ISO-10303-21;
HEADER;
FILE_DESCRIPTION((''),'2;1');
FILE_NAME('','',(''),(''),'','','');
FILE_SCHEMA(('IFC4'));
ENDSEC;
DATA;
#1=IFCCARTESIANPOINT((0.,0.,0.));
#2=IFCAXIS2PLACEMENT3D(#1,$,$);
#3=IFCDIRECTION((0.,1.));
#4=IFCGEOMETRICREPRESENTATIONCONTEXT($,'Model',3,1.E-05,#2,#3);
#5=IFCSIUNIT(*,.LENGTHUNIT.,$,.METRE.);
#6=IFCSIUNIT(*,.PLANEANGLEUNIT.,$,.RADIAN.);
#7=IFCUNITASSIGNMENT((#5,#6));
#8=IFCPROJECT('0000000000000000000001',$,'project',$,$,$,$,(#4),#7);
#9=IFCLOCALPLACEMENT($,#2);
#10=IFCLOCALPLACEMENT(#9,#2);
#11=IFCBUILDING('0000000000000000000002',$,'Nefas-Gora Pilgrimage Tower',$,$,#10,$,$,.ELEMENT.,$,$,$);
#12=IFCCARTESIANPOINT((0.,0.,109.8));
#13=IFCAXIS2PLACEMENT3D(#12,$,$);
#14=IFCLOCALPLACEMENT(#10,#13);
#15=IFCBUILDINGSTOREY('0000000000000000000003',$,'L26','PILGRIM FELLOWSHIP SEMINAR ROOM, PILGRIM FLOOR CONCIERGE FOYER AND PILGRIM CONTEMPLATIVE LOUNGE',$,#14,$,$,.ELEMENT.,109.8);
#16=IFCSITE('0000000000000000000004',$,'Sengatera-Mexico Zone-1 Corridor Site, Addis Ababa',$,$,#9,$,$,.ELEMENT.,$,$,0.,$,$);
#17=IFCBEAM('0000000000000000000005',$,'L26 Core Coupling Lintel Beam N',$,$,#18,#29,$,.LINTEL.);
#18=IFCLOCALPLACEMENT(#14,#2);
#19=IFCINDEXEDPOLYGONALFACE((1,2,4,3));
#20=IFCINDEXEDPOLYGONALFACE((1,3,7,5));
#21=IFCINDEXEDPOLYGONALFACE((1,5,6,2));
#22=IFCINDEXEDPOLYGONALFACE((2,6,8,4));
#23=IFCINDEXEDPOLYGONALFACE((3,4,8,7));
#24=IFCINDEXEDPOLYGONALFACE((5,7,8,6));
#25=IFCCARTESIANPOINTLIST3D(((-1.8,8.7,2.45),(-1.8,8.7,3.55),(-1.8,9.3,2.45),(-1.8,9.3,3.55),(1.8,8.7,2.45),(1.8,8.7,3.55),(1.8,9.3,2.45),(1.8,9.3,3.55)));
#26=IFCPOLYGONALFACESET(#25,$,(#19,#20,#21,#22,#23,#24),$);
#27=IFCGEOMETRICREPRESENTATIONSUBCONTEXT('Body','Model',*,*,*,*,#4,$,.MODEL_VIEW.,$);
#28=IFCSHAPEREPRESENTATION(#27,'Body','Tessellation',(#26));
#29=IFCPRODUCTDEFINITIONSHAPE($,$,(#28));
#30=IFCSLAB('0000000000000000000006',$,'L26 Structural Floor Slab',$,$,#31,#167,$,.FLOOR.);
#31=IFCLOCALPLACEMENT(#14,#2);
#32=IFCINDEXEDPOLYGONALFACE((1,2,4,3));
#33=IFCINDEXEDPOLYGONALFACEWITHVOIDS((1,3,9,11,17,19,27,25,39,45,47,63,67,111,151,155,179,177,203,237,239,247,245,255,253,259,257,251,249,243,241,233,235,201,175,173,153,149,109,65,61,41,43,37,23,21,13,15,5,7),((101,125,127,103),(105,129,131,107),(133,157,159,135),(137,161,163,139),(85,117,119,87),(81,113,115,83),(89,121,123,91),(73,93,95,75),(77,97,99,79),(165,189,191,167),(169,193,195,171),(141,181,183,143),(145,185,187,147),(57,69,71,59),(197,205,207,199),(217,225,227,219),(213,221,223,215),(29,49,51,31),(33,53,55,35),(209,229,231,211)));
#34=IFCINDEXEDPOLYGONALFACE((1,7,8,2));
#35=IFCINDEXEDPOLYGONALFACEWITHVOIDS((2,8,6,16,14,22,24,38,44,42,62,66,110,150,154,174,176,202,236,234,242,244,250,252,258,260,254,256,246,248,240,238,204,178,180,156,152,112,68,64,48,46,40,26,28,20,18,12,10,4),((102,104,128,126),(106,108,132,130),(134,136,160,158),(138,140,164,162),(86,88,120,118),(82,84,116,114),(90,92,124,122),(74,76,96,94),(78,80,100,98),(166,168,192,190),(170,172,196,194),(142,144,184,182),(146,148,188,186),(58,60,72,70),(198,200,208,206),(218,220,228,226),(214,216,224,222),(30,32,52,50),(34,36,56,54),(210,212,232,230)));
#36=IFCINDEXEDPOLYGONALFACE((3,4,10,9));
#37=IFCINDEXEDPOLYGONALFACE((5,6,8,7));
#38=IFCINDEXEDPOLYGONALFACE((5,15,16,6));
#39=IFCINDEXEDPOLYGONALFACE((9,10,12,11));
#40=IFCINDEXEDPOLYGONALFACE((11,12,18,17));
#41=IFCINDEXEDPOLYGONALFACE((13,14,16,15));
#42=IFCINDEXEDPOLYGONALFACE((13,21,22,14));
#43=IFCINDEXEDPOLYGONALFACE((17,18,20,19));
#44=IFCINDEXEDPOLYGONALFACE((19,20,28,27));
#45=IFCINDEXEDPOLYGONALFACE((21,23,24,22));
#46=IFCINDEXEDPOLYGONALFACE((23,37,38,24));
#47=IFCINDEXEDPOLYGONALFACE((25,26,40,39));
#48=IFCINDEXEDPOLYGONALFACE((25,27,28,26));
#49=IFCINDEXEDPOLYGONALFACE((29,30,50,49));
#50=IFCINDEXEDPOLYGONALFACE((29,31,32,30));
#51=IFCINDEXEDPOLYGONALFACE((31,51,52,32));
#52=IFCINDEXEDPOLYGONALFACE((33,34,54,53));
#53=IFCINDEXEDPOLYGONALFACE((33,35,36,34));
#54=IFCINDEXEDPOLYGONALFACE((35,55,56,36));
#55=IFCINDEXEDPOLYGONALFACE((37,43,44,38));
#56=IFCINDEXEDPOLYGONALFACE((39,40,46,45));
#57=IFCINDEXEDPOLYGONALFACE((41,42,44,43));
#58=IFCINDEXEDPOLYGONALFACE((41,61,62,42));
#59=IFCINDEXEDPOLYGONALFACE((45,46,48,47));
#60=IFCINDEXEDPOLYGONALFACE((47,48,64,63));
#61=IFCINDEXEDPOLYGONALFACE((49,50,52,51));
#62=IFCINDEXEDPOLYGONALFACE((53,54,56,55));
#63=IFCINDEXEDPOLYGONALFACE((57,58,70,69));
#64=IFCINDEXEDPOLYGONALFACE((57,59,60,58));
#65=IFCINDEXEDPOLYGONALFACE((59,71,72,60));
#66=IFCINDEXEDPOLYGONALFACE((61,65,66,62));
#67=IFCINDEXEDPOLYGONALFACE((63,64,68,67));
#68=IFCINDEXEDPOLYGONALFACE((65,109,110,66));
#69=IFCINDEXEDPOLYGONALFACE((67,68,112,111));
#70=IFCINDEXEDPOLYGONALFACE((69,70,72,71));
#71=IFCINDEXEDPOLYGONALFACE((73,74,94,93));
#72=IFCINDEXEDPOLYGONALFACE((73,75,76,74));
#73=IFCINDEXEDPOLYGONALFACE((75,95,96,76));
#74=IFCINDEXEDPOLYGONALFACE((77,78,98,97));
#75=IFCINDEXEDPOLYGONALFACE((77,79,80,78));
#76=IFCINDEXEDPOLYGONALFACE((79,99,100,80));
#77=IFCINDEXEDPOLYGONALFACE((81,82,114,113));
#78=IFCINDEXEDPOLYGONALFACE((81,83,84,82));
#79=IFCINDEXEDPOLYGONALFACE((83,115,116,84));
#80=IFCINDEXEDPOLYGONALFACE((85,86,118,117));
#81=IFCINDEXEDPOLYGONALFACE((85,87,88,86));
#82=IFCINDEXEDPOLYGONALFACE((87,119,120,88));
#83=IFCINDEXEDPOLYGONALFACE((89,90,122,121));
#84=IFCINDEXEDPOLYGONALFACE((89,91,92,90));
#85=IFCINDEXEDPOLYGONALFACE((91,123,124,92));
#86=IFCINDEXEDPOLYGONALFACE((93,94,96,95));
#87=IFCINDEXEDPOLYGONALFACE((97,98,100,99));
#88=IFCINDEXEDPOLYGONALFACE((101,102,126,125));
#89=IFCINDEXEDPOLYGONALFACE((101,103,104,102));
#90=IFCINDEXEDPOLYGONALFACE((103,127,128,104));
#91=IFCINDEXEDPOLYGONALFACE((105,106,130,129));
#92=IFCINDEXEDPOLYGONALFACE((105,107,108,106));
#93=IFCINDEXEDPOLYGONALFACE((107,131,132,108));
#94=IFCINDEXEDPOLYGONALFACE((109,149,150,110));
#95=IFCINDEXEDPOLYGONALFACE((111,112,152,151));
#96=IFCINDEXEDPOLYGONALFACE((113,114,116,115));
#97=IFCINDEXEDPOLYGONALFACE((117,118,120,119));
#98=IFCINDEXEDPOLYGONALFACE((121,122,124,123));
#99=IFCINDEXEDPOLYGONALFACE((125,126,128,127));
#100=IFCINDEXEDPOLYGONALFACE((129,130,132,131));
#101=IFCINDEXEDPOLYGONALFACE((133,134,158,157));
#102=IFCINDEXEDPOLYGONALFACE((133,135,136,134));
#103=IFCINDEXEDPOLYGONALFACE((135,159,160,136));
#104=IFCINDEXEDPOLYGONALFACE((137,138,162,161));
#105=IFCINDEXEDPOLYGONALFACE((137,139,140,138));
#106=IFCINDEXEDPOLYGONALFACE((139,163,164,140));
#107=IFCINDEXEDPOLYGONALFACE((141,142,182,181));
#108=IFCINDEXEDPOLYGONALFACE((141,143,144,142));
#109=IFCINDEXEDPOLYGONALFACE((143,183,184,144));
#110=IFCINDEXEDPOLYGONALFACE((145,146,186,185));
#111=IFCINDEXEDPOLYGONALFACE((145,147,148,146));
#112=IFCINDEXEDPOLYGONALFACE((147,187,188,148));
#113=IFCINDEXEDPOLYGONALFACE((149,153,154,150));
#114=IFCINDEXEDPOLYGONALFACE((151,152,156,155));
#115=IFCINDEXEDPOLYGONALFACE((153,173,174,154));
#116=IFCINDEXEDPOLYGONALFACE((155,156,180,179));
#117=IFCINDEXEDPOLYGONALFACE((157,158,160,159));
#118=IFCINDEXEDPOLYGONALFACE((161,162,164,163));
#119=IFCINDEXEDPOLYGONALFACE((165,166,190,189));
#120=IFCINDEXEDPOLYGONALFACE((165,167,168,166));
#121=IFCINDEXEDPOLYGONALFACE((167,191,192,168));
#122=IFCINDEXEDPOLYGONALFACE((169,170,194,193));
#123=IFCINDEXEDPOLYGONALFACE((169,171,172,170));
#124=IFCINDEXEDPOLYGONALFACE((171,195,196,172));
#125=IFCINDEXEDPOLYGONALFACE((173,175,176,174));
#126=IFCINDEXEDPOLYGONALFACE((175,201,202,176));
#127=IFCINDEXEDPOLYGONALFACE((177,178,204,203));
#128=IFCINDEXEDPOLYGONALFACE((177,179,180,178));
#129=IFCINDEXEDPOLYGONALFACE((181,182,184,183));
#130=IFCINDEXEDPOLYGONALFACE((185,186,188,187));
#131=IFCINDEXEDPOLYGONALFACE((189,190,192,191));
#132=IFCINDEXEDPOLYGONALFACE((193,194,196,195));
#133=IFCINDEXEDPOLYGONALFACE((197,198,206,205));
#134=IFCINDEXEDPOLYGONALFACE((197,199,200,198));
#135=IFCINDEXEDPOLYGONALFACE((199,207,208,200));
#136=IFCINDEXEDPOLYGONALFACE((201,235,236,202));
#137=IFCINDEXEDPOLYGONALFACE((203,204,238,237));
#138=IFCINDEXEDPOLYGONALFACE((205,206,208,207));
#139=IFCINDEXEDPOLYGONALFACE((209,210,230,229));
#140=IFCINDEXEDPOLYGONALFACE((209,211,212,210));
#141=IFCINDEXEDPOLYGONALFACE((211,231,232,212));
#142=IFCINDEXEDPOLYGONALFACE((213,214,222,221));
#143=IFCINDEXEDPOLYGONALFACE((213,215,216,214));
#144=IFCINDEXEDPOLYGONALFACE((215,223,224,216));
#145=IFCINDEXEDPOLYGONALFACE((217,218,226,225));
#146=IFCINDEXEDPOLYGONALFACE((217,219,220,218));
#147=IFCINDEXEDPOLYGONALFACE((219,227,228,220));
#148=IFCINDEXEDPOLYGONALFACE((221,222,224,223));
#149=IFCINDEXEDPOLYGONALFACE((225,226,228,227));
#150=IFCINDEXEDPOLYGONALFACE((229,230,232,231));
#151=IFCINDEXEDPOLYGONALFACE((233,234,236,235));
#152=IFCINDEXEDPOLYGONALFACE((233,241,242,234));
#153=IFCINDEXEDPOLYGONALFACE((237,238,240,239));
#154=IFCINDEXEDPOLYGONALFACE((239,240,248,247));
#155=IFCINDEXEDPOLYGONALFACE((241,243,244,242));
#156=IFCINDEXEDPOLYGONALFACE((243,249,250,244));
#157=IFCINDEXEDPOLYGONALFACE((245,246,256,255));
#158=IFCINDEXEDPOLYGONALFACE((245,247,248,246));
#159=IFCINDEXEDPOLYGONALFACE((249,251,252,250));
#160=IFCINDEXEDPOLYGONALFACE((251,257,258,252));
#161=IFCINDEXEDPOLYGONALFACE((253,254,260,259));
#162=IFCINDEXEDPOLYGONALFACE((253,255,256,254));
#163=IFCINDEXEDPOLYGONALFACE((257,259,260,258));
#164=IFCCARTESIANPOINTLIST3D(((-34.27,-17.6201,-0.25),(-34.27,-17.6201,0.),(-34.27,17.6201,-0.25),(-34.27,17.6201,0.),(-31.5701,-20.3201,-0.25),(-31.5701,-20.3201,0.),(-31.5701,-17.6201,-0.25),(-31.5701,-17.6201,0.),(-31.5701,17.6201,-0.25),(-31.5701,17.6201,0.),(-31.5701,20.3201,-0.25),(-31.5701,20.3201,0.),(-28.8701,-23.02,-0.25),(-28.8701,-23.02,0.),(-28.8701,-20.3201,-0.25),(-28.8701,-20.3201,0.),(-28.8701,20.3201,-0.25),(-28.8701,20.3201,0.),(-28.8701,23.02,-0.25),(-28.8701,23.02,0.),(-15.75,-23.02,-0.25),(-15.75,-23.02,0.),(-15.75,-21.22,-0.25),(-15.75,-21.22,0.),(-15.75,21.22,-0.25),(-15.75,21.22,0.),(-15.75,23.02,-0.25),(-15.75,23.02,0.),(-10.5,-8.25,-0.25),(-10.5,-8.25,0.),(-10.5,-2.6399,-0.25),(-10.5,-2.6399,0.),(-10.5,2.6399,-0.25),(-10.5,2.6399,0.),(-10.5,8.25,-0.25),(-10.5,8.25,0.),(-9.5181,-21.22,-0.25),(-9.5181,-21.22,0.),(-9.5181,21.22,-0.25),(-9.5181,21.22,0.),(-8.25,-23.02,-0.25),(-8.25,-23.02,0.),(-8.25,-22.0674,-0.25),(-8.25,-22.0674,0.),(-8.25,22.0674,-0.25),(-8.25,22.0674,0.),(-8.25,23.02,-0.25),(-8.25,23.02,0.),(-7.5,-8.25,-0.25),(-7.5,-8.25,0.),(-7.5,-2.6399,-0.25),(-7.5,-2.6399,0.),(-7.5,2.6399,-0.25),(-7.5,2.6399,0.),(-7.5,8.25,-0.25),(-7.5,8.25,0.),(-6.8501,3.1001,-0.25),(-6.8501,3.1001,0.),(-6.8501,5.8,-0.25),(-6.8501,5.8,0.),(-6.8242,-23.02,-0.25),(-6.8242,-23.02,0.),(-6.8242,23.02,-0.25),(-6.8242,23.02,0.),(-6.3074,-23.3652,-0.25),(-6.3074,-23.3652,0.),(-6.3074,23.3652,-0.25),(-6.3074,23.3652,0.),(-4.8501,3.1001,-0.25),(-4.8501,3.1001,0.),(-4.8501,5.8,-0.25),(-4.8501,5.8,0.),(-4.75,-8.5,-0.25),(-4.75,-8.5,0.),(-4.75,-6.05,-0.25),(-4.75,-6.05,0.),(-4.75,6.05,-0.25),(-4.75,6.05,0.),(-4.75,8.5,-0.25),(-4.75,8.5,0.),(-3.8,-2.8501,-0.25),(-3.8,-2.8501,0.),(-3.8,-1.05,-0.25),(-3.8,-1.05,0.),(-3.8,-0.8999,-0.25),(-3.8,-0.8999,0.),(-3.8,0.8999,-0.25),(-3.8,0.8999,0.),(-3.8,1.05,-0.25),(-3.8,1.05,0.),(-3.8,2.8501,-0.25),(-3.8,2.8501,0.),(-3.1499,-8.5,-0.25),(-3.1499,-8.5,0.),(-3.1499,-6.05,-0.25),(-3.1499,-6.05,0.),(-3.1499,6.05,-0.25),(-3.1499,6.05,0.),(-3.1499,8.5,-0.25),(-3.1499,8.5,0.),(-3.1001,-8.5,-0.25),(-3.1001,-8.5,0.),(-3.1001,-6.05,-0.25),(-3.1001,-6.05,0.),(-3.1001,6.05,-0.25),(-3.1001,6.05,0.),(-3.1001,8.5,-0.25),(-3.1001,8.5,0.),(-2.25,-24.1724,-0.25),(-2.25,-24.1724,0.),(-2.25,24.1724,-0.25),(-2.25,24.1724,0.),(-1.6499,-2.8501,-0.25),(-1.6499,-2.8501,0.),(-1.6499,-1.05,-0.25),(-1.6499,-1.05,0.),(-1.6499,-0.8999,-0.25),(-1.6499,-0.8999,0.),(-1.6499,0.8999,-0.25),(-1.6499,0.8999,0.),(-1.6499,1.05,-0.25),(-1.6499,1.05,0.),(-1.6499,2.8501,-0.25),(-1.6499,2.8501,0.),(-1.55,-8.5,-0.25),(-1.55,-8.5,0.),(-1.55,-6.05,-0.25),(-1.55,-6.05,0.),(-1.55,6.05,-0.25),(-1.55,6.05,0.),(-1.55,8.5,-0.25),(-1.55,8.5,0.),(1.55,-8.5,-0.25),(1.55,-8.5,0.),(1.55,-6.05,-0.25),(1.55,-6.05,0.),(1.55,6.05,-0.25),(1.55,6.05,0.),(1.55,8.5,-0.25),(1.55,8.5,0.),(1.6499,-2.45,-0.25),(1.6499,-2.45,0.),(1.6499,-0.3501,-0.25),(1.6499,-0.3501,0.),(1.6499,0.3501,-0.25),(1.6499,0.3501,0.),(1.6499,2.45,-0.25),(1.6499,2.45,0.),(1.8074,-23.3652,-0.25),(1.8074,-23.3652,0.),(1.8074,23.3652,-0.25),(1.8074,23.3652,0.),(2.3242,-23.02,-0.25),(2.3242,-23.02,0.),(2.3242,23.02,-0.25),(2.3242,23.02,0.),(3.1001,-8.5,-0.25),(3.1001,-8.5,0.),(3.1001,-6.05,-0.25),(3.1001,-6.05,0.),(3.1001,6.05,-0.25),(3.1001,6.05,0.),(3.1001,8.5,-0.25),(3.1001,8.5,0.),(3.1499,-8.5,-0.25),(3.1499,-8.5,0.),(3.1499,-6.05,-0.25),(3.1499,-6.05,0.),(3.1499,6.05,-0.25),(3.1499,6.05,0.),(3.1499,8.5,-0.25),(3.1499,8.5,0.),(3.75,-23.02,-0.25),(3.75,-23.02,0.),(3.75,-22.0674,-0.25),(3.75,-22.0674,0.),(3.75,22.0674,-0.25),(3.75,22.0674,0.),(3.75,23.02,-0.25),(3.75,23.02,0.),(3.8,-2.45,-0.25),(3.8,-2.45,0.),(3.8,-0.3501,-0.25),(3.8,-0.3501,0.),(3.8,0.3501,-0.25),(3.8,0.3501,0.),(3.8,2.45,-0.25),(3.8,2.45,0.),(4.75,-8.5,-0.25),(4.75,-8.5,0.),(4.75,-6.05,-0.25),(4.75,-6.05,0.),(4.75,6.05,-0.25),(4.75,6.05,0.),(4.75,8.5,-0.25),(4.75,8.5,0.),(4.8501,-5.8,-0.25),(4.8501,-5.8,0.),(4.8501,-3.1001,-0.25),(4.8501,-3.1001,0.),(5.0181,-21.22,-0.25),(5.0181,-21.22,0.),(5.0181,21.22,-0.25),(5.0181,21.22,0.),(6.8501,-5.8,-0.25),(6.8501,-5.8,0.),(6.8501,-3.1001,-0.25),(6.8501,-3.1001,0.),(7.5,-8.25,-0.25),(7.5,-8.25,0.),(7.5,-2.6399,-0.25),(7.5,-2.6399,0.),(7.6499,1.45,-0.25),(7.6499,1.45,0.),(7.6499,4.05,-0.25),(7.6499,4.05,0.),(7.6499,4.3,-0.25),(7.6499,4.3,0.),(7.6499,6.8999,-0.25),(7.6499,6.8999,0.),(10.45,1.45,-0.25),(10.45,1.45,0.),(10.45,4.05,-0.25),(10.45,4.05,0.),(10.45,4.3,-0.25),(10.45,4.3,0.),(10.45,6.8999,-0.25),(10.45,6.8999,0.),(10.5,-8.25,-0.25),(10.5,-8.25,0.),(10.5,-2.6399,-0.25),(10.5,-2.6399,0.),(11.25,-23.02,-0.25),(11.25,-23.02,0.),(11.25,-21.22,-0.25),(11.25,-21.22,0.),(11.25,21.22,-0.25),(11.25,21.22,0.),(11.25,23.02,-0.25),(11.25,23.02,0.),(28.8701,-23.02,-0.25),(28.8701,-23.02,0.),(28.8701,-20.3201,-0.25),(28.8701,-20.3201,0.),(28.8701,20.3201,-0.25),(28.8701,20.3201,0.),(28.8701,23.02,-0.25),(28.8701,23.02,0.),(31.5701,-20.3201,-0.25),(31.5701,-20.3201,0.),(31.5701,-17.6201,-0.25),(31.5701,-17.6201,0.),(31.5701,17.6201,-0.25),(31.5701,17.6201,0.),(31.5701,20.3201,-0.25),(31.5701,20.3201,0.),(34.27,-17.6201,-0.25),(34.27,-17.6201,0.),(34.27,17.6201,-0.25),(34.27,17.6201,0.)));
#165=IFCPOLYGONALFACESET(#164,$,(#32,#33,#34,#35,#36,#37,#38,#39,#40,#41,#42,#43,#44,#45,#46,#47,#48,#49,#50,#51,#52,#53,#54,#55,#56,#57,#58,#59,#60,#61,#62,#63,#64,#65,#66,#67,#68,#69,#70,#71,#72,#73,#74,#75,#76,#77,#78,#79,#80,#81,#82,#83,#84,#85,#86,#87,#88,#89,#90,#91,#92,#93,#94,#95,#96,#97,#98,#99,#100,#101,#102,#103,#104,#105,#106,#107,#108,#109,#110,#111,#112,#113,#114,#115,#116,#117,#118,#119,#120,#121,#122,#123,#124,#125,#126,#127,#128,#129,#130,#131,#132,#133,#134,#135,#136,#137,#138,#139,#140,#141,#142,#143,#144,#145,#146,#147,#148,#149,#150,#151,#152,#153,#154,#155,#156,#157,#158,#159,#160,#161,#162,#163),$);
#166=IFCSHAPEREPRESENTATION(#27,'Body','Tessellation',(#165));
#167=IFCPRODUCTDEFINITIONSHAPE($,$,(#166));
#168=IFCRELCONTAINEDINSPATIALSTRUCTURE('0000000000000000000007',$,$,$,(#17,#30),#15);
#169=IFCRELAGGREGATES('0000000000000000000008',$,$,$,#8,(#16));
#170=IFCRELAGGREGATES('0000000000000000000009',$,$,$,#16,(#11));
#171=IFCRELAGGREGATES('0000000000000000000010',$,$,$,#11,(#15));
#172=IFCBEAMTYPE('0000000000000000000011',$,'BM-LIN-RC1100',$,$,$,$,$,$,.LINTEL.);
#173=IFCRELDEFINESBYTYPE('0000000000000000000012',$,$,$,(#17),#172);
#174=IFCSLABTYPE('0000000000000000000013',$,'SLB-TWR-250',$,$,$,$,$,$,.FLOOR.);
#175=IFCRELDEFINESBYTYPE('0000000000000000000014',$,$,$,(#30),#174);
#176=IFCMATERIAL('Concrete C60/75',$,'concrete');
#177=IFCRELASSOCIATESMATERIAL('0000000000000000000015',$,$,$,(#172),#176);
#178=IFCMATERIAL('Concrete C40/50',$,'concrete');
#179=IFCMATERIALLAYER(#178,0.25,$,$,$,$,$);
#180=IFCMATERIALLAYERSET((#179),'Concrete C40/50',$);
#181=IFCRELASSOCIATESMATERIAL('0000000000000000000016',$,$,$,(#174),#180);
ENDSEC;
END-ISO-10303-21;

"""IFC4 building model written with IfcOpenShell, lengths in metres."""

from ifc_helpers import new_model, si_unit, direction, frame, origin, origin_2d, place, context, subcontext, project, spatial, polyline, rectangle, outline, extrude, source, transform, mapped, material, layer, layer_set, material_profile, profile_set, type_object, element, save


model = new_model("IFC4")

# Units and contexts
model_context = context("Model", 3, precision=1e-05, world=origin(), true_north=direction((0.0, 1.0)))
body_context = subcontext(model_context, "Body", "Model", "MODEL_VIEW")
ifc_project = project(units=[si_unit("LENGTHUNIT", "METRE"), si_unit("PLANEANGLEUNIT", "RADIAN")], contexts=[model_context])

# Site, building, storey
site_placement = place(None, origin())
site = spatial("IfcSite", under=ifc_project, at=site_placement, Name="Sengatera-Mexico Zone-1 Corridor Site, Addis Ababa", CompositionType="ELEMENT", RefElevation=0.0)
building_placement = place(site_placement, origin())
building = spatial("IfcBuilding", under=site, at=building_placement, Name="Nefas-Gora Pilgrimage Tower", CompositionType="ELEMENT")
storey_placement = place(building_placement, frame((0.0, 0.0, 109.8)))
storey = spatial("IfcBuildingStorey", under=building, at=storey_placement, Name="L26", Description="PILGRIM FELLOWSHIP SEMINAR ROOM, PILGRIM FLOOR CONCIERGE FOYER AND PILGRIM CONTEMPLATIVE LOUNGE", CompositionType="ELEMENT", Elevation=109.8)

# Beam
ifc_material_1 = material(Name="Concrete C60/75", Category="concrete")
ifc_material_profile = material_profile(ifc_material_1, rectangle(XDim=0.6001, YDim=1.1001, at=origin_2d()), Name="RC 600x1100")
ifc_profile_set = profile_set([ifc_material_profile], Name="Concrete C60/75")
beam_type = type_object("IfcBeamType", Name="BM-LIN-RC1100", PredefinedType="LINTEL", material=ifc_profile_set)
shared_shape_1 = source(origin(), body_context, "Body", "SweptSolid", [
    extrude(rectangle(XDim=0.6001, YDim=1.1001, at=origin_2d()), origin(), (0.0, 0.0, 1.0), 3.6001),
])
beam_placement = place(storey_placement, frame((-1.8, 9.0, 3.0), z_axis=(1.0, 0.0, 0.0), x_axis=(0.0, 1.0, 0.0)))
element("IfcBeam", 1, at=beam_placement, inside=storey, type_object=beam_type, Name="L26 Core Coupling Lintel Beam N", PredefinedType="LINTEL", context=body_context, shape_type="MappedRepresentation", body=[
    mapped(shared_shape_1, transform((0.0, 0.0, 0.0), x_axis=(1.0, 0.0, 0.0), y_axis=(0.0, 1.0, 0.0), z_axis=(0.0, 0.0, 1.0), scale=1.0)),
])

# Slab
ifc_material_2 = material(Name="Concrete C40/50", Category="concrete")
ifc_layer_1 = layer(ifc_material_2, 0.25)
ifc_layer_set_1 = layer_set([ifc_layer_1], Name="Concrete C40/50")
slab_type_1 = type_object("IfcSlabType", Name="SLB-TWR-250", PredefinedType="FLOOR", material=ifc_layer_set_1)
slab_1_placement = place(storey_placement, frame((0.0, 0.0, -0.25)))
element("IfcSlab", 2, at=slab_1_placement, inside=storey, type_object=slab_type_1, Name="L26 Structural Floor Slab", PredefinedType="FLOOR", context=body_context, shape_type="SweptSolid", body=[
    extrude(outline(polyline([(5.0181, -21.22), (11.25, -21.22), (11.25, -23.02), (28.8701, -23.02), (28.8701, -20.3201), (31.5701, -20.3201), (31.5701, -17.6201), (34.27, -17.6201), (34.27, 17.6201), (31.5701, 17.6201), (31.5701, 20.3201), (28.8701, 20.3201), (28.8701, 23.02), (11.25, 23.02), (11.25, 21.22), (5.0181, 21.22), (3.75, 22.0674), (3.75, 23.02), (2.3242, 23.02), (1.8074, 23.3652), (-2.25, 24.1724), (-6.3074, 23.3652), (-6.8242, 23.02), (-8.25, 23.02), (-8.25, 22.0674), (-9.5181, 21.22), (-15.75, 21.22), (-15.75, 23.02), (-28.8701, 23.02), (-28.8701, 20.3201), (-31.5701, 20.3201), (-31.5701, 17.6201), (-34.27, 17.6201), (-34.27, -17.6201), (-31.5701, -17.6201), (-31.5701, -20.3201), (-28.8701, -20.3201), (-28.8701, -23.02), (-15.75, -23.02), (-15.75, -21.22), (-9.5181, -21.22), (-8.25, -22.0674), (-8.25, -23.02), (-6.8242, -23.02), (-6.3074, -23.3652), (-2.25, -24.1724), (1.8074, -23.3652), (2.3242, -23.02), (3.75, -23.02), (3.75, -22.0674), (5.0181, -21.22)]), holes=[polyline([(-10.5, 2.6399), (-10.5, 8.25), (-7.5, 8.25), (-7.5, 2.6399), (-10.5, 2.6399)]), polyline([(10.5, -2.6399), (10.5, -8.25), (7.5, -8.25), (7.5, -2.6399), (10.5, -2.6399)]), polyline([(-7.5, -2.6399), (-7.5, -8.25), (-10.5, -8.25), (-10.5, -2.6399), (-7.5, -2.6399)]), polyline([(-6.8501, 5.8), (-4.8501, 5.8), (-4.8501, 3.1001), (-6.8501, 3.1001), (-6.8501, 5.8)]), polyline([(4.8501, -3.1001), (6.8501, -3.1001), (6.8501, -5.8), (4.8501, -5.8), (4.8501, -3.1001)]), polyline([(7.6499, 4.05), (10.45, 4.05), (10.45, 1.45), (7.6499, 1.45), (7.6499, 4.05)]), polyline([(7.6499, 6.8999), (10.45, 6.8999), (10.45, 4.3), (7.6499, 4.3), (7.6499, 6.8999)]), polyline([(-4.75, 8.5), (-3.1499, 8.5), (-3.1499, 6.05), (-4.75, 6.05), (-4.75, 8.5)]), polyline([(-3.1001, 8.5), (-1.55, 8.5), (-1.55, 6.05), (-3.1001, 6.05), (-3.1001, 8.5)]), polyline([(1.55, 8.5), (3.1001, 8.5), (3.1001, 6.05), (1.55, 6.05), (1.55, 8.5)]), polyline([(3.1499, 8.5), (4.75, 8.5), (4.75, 6.05), (3.1499, 6.05), (3.1499, 8.5)]), polyline([(-4.75, -6.05), (-3.1499, -6.05), (-3.1499, -8.5), (-4.75, -8.5), (-4.75, -6.05)]), polyline([(-3.1001, -6.05), (-1.55, -6.05), (-1.55, -8.5), (-3.1001, -8.5), (-3.1001, -6.05)]), polyline([(1.55, -6.05), (3.1001, -6.05), (3.1001, -8.5), (1.55, -8.5), (1.55, -6.05)]), polyline([(3.1499, -6.05), (4.75, -6.05), (4.75, -8.5), (3.1499, -8.5), (3.1499, -6.05)]), polyline([(-3.8, -1.05), (-1.6499, -1.05), (-1.6499, -2.8501), (-3.8, -2.8501), (-3.8, -1.05)]), polyline([(-3.8, 0.8999), (-1.6499, 0.8999), (-1.6499, -0.8999), (-3.8, -0.8999), (-3.8, 0.8999)]), polyline([(-3.8, 2.8501), (-1.6499, 2.8501), (-1.6499, 1.05), (-3.8, 1.05), (-3.8, 2.8501)]), polyline([(1.6499, -0.3501), (3.8, -0.3501), (3.8, -2.45), (1.6499, -2.45), (1.6499, -0.3501)]), polyline([(1.6499, 2.45), (3.8, 2.45), (3.8, 0.3501), (1.6499, 0.3501), (1.6499, 2.45)])]), origin(), (0.0, 0.0, 1.0), 0.25),
])

save(model, "model.ifc")
